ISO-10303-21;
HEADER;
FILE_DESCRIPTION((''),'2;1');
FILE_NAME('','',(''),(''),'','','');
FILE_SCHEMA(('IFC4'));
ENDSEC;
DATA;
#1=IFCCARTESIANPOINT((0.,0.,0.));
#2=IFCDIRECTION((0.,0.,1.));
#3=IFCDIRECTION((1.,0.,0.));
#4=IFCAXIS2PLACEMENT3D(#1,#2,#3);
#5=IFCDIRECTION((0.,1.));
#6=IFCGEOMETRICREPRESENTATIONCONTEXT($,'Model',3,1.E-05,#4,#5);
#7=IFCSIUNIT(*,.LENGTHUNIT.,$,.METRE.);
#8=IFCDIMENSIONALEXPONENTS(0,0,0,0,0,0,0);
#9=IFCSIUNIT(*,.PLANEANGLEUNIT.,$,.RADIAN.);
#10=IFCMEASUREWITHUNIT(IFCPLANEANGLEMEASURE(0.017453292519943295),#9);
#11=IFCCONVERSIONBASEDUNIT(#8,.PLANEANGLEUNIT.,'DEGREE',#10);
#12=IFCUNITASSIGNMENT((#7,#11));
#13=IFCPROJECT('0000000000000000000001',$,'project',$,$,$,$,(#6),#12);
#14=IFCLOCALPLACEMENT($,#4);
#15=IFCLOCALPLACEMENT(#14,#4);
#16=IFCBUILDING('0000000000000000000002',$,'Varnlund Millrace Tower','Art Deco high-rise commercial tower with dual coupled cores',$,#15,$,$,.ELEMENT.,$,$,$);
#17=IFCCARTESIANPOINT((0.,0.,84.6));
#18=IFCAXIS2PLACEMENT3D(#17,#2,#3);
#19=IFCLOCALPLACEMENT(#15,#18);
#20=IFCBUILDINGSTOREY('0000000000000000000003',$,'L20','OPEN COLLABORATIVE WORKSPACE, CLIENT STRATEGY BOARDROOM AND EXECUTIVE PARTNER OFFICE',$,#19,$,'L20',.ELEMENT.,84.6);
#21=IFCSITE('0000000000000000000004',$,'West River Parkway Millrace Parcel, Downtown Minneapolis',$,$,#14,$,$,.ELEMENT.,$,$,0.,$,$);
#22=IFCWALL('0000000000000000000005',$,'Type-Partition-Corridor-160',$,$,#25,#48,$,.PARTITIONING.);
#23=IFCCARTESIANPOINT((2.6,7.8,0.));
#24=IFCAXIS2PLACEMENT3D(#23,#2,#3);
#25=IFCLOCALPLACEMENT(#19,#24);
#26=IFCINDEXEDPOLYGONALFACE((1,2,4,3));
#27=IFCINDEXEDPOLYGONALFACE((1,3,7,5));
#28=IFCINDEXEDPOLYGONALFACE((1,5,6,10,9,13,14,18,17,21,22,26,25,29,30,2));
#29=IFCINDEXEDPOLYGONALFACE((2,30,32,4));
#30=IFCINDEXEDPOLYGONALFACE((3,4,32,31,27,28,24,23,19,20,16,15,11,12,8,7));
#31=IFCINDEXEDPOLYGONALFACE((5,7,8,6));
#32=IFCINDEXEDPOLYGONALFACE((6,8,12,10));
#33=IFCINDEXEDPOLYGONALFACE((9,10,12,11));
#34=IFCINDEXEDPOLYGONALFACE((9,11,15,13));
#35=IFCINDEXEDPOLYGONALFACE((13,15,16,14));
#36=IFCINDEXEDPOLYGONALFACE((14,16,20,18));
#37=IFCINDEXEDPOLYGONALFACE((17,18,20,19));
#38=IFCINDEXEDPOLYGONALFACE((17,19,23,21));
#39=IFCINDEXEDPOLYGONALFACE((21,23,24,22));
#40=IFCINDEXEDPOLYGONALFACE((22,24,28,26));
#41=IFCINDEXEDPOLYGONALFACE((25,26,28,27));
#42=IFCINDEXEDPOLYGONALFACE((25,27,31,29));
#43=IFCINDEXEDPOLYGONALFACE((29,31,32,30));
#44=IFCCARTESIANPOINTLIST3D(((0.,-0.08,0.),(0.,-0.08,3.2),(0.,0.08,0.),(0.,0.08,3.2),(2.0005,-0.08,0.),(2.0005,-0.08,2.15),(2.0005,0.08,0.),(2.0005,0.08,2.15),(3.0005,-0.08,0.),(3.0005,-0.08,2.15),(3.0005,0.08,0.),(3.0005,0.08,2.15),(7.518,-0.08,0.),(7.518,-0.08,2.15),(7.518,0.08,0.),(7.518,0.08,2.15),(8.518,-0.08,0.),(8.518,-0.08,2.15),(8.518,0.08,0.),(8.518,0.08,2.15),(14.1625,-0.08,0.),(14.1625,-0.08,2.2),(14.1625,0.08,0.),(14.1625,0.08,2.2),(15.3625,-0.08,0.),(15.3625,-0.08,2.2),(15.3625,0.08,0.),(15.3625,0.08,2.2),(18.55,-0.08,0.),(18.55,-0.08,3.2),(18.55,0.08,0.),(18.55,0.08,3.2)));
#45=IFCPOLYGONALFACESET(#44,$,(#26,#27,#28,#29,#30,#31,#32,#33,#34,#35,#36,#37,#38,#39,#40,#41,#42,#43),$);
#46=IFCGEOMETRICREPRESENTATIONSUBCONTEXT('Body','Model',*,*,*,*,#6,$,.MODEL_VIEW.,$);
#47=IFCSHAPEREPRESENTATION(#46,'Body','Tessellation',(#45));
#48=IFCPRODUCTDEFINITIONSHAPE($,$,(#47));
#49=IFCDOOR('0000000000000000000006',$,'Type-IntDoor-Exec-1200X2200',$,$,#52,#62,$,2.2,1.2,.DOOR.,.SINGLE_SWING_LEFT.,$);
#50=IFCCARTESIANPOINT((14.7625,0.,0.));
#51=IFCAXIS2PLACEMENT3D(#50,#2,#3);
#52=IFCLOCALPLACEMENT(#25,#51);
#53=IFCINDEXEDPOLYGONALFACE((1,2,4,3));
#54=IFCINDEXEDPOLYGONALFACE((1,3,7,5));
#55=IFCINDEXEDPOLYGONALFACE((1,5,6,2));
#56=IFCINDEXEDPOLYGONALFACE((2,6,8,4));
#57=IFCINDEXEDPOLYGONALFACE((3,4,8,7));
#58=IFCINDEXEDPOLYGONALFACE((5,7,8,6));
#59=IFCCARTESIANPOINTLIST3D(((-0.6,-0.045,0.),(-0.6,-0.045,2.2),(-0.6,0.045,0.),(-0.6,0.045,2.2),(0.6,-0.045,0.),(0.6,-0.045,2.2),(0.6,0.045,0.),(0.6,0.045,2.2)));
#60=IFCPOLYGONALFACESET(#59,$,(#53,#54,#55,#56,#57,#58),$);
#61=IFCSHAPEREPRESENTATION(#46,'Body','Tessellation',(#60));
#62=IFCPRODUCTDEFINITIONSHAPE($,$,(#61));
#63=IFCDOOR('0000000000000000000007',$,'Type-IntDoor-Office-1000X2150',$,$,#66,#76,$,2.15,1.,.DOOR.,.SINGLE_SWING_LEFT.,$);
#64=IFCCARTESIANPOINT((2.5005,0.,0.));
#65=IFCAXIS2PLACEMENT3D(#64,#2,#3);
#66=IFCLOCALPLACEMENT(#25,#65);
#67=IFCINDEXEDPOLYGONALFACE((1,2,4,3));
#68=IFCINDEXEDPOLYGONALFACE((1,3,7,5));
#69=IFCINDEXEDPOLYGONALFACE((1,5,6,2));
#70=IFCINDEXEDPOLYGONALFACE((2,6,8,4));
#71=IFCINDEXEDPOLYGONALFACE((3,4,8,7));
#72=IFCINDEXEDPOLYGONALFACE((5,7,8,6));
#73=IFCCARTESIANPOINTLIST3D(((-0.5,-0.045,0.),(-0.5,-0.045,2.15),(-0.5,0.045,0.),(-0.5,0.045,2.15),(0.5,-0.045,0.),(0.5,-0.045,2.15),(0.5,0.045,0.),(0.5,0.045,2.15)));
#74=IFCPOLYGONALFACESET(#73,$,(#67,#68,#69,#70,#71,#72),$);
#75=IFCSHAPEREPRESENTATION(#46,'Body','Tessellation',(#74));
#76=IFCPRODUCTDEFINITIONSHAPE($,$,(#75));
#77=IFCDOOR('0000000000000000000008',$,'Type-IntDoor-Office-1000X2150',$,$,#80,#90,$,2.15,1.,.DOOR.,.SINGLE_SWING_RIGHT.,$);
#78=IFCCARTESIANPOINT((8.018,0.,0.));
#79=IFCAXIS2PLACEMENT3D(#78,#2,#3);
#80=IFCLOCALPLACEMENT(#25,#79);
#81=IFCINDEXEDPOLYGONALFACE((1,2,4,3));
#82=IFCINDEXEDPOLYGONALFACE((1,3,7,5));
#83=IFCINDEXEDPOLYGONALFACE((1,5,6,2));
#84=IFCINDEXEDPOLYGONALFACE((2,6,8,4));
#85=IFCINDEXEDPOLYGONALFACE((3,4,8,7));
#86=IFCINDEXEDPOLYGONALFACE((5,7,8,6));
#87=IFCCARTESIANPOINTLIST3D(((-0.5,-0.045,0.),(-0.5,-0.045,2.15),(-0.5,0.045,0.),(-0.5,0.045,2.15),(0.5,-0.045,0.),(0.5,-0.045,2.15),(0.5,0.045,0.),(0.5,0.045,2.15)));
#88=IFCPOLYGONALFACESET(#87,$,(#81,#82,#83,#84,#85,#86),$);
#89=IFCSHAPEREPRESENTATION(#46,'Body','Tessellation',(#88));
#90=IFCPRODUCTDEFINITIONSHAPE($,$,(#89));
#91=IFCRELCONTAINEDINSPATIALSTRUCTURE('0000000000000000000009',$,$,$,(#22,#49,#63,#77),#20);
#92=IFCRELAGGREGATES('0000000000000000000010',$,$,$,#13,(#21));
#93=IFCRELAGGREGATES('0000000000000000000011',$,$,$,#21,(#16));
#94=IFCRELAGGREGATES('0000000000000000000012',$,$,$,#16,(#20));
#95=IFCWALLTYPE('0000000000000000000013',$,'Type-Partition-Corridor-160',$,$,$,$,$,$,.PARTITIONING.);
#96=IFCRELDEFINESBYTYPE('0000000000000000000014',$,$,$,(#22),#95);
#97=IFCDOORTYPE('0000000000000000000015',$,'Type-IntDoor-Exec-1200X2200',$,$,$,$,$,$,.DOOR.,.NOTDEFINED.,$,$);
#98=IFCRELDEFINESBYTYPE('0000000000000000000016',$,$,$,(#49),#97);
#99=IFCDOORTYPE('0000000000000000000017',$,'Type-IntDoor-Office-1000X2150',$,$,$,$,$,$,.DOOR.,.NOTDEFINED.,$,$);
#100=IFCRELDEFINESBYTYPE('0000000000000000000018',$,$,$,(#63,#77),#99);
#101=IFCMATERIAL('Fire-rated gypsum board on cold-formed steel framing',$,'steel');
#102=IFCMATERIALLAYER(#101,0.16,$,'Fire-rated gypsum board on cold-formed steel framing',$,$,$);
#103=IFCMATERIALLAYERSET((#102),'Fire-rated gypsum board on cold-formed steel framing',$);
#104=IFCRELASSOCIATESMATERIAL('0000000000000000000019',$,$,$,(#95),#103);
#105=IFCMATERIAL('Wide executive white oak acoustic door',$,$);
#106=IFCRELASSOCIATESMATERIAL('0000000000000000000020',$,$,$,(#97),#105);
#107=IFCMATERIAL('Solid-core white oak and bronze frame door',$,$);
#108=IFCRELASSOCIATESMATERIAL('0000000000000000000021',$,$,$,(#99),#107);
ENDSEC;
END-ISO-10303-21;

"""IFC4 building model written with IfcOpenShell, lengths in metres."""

from ifc_helpers import new_model, entity, si_unit, converted_unit, direction, frame, origin_with_axes, origin_2d_with_axis, place, context, subcontext, project, spatial, polyline, rectangle, outline, extrude, material, layer, layer_set, type_object, element, fill, save


model = new_model("IFC4")

# Units and contexts
model_context = context("Model", 3, precision=1e-05, world=origin_with_axes(), true_north=direction((0.0, 1.0)))
body_context = subcontext(model_context, "Body", "Model", "MODEL_VIEW")
ifc_project = project(units=[si_unit("LENGTHUNIT", "METRE"), converted_unit("PLANEANGLEUNIT", "DEGREE", entity("IfcPlaneAngleMeasure", 0.017453292519943295), si_unit("PLANEANGLEUNIT", "RADIAN"), dimensions=[0, 0, 0, 0, 0, 0, 0])], contexts=[model_context])

# Site, building, storey
site_placement = place(None, origin_with_axes())
site = spatial("IfcSite", under=ifc_project, at=site_placement, Name="West River Parkway Millrace Parcel, Downtown Minneapolis", CompositionType="ELEMENT", RefElevation=0.0)
building_placement = place(site_placement, origin_with_axes())
building = spatial("IfcBuilding", under=site, at=building_placement, Name="Varnlund Millrace Tower", Description="Art Deco high-rise commercial tower with dual coupled cores", CompositionType="ELEMENT")
storey_placement = place(building_placement, frame((0.0, 0.0, 84.6), z_axis=(0.0, 0.0, 1.0), x_axis=(1.0, 0.0, 0.0)))
storey = spatial("IfcBuildingStorey", under=building, at=storey_placement, Name="L20", Description="OPEN COLLABORATIVE WORKSPACE, CLIENT STRATEGY BOARDROOM AND EXECUTIVE PARTNER OFFICE", LongName="L20", CompositionType="ELEMENT", Elevation=84.6)

# Wall, openings, doors
ifc_material_1 = material(Name="Fire-rated gypsum board on cold-formed steel framing", Category="steel")
ifc_layer_1 = layer(ifc_material_1, 0.16, Name="Fire-rated gypsum board on cold-formed steel framing")
ifc_layer_set_1 = layer_set([ifc_layer_1], Name="Fire-rated gypsum board on cold-formed steel framing")
wall_type_1 = type_object("IfcWallType", Name="Type-Partition-Corridor-160", PredefinedType="PARTITIONING", material=ifc_layer_set_1)
wall_1_placement = place(storey_placement, frame((2.6, 7.8, 0.0), z_axis=(0.0, 0.0, 1.0), x_axis=(1.0, 0.0, 0.0)))
wall_1 = element("IfcWall", 1, at=wall_1_placement, inside=storey, type_object=wall_type_1, Name="Type-Partition-Corridor-160", PredefinedType="PARTITIONING", context=body_context, shape_type="SweptSolid", body=[
    extrude(outline(polyline([(0.0, -0.08), (18.55, -0.08), (18.55, 0.08), (0.0, 0.08), (0.0, -0.08)])), origin_with_axes(), (0.0, 0.0, 1.0), 3.2),
])
opening_1_placement = place(wall_1_placement, frame((2.5005, 0.0, 0.0), z_axis=(0.0, 0.0, 1.0), x_axis=(1.0, 0.0, 0.0)))
opening_1 = element("IfcOpeningElement", 2, at=opening_1_placement, cuts=wall_1, PredefinedType="OPENING", context=body_context, shape_type="SweptSolid", body=[
    extrude(rectangle(XDim=1.0, YDim=0.18, at=origin_2d_with_axis()), origin_with_axes(), (0.0, 0.0, 1.0), 2.15),
])
opening_2_placement = place(wall_1_placement, frame((8.018, 0.0, 0.0), z_axis=(0.0, 0.0, 1.0), x_axis=(1.0, 0.0, 0.0)))
opening_2 = element("IfcOpeningElement", 3, at=opening_2_placement, cuts=wall_1, PredefinedType="OPENING", context=body_context, shape_type="SweptSolid", body=[
    extrude(rectangle(XDim=1.0, YDim=0.18, at=origin_2d_with_axis()), origin_with_axes(), (0.0, 0.0, 1.0), 2.15),
])
opening_3_placement = place(wall_1_placement, frame((14.7625, 0.0, 0.0), z_axis=(0.0, 0.0, 1.0), x_axis=(1.0, 0.0, 0.0)))
opening_3 = element("IfcOpeningElement", 4, at=opening_3_placement, cuts=wall_1, PredefinedType="OPENING", context=body_context, shape_type="SweptSolid", body=[
    extrude(rectangle(XDim=1.2, YDim=0.18, at=origin_2d_with_axis()), origin_with_axes(), (0.0, 0.0, 1.0), 2.2),
])
ifc_material_2 = material(Name="Wide executive white oak acoustic door")
door_type_1 = type_object("IfcDoorType", Name="Type-IntDoor-Exec-1200X2200", OperationType="NOTDEFINED", PredefinedType="DOOR", material=ifc_material_2)
door_1_placement = place(wall_1_placement, frame((14.7625, 0.0, 0.0), z_axis=(0.0, 0.0, 1.0), x_axis=(1.0, 0.0, 0.0)))
door_1 = element("IfcDoor", 5, at=door_1_placement, inside=storey, type_object=door_type_1, Name="Type-IntDoor-Exec-1200X2200", OperationType="SINGLE_SWING_LEFT", OverallHeight=2.2, OverallWidth=1.2, PredefinedType="DOOR", context=body_context, shape_type="SweptSolid", body=[
    extrude(rectangle(XDim=1.2, YDim=0.09, at=origin_2d_with_axis()), origin_with_axes(), (0.0, 0.0, 1.0), 2.2),
])
fill(opening_3, door_1)
ifc_material_3 = material(Name="Solid-core white oak and bronze frame door")
door_type_2 = type_object("IfcDoorType", Name="Type-IntDoor-Office-1000X2150", OperationType="NOTDEFINED", PredefinedType="DOOR", material=ifc_material_3)
door_2_placement = place(wall_1_placement, frame((2.5005, 0.0, 0.0), z_axis=(0.0, 0.0, 1.0), x_axis=(1.0, 0.0, 0.0)))
door_2 = element("IfcDoor", 6, at=door_2_placement, inside=storey, type_object=door_type_2, Name="Type-IntDoor-Office-1000X2150", OperationType="SINGLE_SWING_LEFT", OverallHeight=2.15, OverallWidth=1.0, PredefinedType="DOOR", context=body_context, shape_type="SweptSolid", body=[
    extrude(rectangle(XDim=1.0, YDim=0.09, at=origin_2d_with_axis()), origin_with_axes(), (0.0, 0.0, 1.0), 2.15),
])
fill(opening_1, door_2)
door_3_placement = place(wall_1_placement, frame((8.018, 0.0, 0.0), z_axis=(0.0, 0.0, 1.0), x_axis=(1.0, 0.0, 0.0)))
door_3 = element("IfcDoor", 7, at=door_3_placement, inside=storey, type_object=door_type_2, Name="Type-IntDoor-Office-1000X2150", OperationType="SINGLE_SWING_RIGHT", OverallHeight=2.15, OverallWidth=1.0, PredefinedType="DOOR", context=body_context, shape_type="SweptSolid", body=[
    extrude(rectangle(XDim=1.0, YDim=0.09, at=origin_2d_with_axis()), origin_with_axes(), (0.0, 0.0, 1.0), 2.15),
])
fill(opening_2, door_3)

save(model, "model.ifc")
